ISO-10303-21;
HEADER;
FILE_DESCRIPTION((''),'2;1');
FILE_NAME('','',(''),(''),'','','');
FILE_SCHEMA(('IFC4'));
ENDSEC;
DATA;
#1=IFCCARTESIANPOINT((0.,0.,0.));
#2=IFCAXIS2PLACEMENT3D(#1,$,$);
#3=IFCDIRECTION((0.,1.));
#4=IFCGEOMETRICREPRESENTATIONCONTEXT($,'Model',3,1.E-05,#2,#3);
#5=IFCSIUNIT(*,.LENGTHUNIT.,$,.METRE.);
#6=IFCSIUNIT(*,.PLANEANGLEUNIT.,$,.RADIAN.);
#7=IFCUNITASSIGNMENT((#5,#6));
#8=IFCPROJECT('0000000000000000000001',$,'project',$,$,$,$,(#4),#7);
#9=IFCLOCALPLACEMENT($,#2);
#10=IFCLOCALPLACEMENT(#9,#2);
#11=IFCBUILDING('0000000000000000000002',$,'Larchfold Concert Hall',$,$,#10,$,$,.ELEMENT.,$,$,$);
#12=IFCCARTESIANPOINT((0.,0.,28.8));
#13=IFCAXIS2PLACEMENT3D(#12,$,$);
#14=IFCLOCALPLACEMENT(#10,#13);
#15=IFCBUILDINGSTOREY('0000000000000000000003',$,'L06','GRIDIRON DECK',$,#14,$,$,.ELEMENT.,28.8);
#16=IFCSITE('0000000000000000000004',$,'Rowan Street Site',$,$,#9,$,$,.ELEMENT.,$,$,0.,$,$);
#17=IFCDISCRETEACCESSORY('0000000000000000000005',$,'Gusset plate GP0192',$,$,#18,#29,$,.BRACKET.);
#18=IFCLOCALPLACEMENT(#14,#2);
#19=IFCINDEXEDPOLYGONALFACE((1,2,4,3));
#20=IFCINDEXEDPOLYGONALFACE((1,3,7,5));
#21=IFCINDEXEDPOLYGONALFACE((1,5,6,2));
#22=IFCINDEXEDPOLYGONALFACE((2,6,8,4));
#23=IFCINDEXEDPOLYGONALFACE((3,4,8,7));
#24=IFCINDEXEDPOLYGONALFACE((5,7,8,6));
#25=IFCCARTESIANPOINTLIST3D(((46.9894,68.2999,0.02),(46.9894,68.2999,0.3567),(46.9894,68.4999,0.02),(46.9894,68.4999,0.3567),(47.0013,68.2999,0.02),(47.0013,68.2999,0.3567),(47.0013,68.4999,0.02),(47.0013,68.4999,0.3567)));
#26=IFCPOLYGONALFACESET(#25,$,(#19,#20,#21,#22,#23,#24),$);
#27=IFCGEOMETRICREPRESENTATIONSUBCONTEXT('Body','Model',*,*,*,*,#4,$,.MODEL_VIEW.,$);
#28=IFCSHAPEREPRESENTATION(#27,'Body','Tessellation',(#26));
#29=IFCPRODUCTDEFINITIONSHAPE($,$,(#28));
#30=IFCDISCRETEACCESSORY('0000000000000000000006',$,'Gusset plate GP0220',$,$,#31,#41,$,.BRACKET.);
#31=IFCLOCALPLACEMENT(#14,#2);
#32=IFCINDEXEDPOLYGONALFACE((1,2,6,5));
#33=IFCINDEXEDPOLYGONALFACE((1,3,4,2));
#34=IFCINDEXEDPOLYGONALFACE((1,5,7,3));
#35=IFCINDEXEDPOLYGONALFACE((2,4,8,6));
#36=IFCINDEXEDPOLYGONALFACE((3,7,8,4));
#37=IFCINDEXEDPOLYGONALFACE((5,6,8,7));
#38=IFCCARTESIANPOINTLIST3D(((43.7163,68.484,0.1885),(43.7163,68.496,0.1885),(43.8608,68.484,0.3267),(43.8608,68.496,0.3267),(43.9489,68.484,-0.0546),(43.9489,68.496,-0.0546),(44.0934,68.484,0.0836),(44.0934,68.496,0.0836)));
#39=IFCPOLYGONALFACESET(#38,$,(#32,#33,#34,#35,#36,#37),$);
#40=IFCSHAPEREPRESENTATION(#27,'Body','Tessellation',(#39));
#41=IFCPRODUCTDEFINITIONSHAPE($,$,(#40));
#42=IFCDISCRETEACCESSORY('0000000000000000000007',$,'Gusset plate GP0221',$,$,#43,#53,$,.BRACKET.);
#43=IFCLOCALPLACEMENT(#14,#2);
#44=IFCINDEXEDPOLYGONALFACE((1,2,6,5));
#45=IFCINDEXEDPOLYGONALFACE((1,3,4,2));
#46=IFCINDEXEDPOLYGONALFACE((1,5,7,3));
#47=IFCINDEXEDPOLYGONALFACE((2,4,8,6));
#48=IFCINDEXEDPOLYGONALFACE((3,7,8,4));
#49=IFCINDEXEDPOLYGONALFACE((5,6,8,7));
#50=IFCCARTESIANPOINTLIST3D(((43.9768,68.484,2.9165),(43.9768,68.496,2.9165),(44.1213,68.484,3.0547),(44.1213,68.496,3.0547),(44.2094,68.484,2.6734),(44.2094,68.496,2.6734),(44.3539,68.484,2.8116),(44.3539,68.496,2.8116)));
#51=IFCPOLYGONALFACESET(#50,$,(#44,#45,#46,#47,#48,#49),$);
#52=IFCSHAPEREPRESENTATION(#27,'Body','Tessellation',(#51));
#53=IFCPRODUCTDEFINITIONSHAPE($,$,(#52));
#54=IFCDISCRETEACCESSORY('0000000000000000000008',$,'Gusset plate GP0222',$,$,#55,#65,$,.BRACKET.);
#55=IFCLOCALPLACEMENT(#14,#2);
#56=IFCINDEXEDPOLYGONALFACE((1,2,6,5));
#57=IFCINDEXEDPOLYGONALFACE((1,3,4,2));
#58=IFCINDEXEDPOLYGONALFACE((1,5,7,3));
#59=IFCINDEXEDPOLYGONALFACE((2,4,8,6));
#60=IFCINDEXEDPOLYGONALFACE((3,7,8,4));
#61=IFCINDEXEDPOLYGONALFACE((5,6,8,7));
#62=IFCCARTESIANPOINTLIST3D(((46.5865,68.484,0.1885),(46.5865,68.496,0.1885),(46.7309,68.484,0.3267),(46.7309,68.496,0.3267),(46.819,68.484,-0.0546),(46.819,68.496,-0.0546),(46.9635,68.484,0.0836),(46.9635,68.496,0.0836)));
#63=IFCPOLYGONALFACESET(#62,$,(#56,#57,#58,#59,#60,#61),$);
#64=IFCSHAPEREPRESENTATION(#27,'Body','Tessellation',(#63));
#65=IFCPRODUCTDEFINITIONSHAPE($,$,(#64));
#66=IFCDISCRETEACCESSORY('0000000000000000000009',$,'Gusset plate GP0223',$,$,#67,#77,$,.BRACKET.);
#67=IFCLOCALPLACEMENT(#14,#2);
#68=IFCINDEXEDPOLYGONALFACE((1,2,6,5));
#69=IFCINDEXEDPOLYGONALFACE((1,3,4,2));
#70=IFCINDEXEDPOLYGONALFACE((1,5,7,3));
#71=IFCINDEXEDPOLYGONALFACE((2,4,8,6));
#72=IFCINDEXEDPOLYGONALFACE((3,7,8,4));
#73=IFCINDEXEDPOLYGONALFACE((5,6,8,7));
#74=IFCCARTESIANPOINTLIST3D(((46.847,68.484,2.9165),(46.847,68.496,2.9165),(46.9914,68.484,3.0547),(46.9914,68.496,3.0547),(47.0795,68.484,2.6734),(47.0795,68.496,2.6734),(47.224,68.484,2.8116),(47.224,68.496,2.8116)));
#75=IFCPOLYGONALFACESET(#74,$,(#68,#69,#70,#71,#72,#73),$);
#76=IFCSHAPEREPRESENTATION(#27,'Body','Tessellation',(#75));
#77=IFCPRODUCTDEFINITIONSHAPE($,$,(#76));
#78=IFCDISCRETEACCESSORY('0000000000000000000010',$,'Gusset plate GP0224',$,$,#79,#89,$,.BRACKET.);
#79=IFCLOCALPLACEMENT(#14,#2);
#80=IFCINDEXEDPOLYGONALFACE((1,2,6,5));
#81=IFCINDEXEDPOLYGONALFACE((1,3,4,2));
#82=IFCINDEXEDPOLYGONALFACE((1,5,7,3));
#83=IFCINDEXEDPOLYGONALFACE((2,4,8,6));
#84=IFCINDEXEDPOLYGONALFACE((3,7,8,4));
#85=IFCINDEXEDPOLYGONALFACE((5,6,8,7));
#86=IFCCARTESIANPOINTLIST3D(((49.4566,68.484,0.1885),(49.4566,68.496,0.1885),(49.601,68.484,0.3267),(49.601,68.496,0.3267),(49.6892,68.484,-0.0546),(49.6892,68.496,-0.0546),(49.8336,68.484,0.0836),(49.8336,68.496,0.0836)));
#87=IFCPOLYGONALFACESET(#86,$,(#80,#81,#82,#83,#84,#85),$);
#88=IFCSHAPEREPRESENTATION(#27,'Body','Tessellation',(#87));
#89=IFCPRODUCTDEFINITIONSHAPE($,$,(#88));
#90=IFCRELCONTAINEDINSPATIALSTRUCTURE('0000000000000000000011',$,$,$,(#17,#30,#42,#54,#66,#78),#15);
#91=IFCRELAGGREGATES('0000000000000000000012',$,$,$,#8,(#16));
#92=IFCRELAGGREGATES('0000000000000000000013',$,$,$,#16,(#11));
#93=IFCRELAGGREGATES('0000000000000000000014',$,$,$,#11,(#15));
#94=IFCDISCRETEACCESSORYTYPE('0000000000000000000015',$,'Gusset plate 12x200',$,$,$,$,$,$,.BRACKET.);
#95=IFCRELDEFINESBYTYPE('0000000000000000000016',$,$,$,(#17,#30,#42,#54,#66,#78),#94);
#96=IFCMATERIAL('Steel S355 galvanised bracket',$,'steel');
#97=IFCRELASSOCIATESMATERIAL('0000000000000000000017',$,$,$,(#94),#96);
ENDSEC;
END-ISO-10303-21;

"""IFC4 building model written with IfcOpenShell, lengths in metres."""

from ifc_helpers import new_model, si_unit, direction, frame, origin, origin_2d, place, context, subcontext, project, spatial, rectangle, extrude, material, material_profile, profile_set, type_object, element, save


model = new_model("IFC4")

# Units and contexts
model_context = context("Model", 3, precision=1e-05, world=origin(), true_north=direction((0.0, 1.0)))
body_context = subcontext(model_context, "Body", "Model", "MODEL_VIEW")
ifc_project = project(units=[si_unit("LENGTHUNIT", "METRE"), si_unit("PLANEANGLEUNIT", "RADIAN")], contexts=[model_context])

# Site, building, storey
site_placement = place(None, origin())
site = spatial("IfcSite", under=ifc_project, at=site_placement, Name="Rowan Street Site", CompositionType="ELEMENT", RefElevation=0.0)
building_placement = place(site_placement, origin())
building = spatial("IfcBuilding", under=site, at=building_placement, Name="Larchfold Concert Hall", CompositionType="ELEMENT")
storey_placement = place(building_placement, frame((0.0, 0.0, 28.8)))
storey = spatial("IfcBuildingStorey", under=building, at=storey_placement, Name="L06", Description="GRIDIRON DECK", CompositionType="ELEMENT", Elevation=28.8)

# Discrete accessories
ifc_material_1 = material(Name="Steel S355 galvanised bracket", Category="steel")
ifc_material_profile_1 = material_profile(ifc_material_1, rectangle(XDim=0.012, YDim=0.2, at=origin_2d()))
ifc_profile_set_1 = profile_set([ifc_material_profile_1], Name="Steel S355 galvanised bracket")
discrete_accessory_type = type_object("IfcDiscreteAccessoryType", Name="Gusset plate 12x200", PredefinedType="BRACKET", material=ifc_profile_set_1)
for number, where, z_axis, x_axis, name in (
    (1, (46.9954, 68.3999, 0.3567), (0.0, 0.0, -1.0), (1.0, 0.0, 0.0), "Gusset plate GP0192"),
):
    element("IfcDiscreteAccessory", number, at=place(storey_placement, frame(where, z_axis=z_axis, x_axis=x_axis)), inside=storey, type_object=discrete_accessory_type, Name=name, PredefinedType="BRACKET", context=body_context, shape_type="SweptSolid", body=[
        extrude(rectangle(XDim=0.012, YDim=0.2, at=origin_2d()), origin(), (0.0, 0.0, 1.0), 0.3367),
    ])
for number, where, z_axis, x_axis, name in (
    (2, (43.7886, 68.49, 0.2576), (0.691338, 0.0, -0.722532), (0.0, 1.0, 0.0), "Gusset plate GP0220"),
    (3, (44.0491, 68.49, 2.9856), (0.691338, 0.0, -0.722532), (0.0, 1.0, 0.0), "Gusset plate GP0221"),
    (4, (46.6587, 68.49, 0.2576), (0.691338, 0.0, -0.722532), (0.0, 1.0, 0.0), "Gusset plate GP0222"),
    (5, (46.9192, 68.49, 2.9856), (0.691338, 0.0, -0.722532), (0.0, 1.0, 0.0), "Gusset plate GP0223"),
    (6, (49.5288, 68.49, 0.2576), (0.691338, 0.0, -0.722532), (0.0, 1.0, 0.0), "Gusset plate GP0224"),
):
    element("IfcDiscreteAccessory", number, at=place(storey_placement, frame(where, z_axis=z_axis, x_axis=x_axis)), inside=storey, type_object=discrete_accessory_type, Name=name, PredefinedType="BRACKET", context=body_context, shape_type="SweptSolid", body=[
        extrude(rectangle(XDim=0.012, YDim=0.2, at=origin_2d()), origin(), (0.0, 0.0, 1.0), 0.3364),
    ])

save(model, "model.ifc")
